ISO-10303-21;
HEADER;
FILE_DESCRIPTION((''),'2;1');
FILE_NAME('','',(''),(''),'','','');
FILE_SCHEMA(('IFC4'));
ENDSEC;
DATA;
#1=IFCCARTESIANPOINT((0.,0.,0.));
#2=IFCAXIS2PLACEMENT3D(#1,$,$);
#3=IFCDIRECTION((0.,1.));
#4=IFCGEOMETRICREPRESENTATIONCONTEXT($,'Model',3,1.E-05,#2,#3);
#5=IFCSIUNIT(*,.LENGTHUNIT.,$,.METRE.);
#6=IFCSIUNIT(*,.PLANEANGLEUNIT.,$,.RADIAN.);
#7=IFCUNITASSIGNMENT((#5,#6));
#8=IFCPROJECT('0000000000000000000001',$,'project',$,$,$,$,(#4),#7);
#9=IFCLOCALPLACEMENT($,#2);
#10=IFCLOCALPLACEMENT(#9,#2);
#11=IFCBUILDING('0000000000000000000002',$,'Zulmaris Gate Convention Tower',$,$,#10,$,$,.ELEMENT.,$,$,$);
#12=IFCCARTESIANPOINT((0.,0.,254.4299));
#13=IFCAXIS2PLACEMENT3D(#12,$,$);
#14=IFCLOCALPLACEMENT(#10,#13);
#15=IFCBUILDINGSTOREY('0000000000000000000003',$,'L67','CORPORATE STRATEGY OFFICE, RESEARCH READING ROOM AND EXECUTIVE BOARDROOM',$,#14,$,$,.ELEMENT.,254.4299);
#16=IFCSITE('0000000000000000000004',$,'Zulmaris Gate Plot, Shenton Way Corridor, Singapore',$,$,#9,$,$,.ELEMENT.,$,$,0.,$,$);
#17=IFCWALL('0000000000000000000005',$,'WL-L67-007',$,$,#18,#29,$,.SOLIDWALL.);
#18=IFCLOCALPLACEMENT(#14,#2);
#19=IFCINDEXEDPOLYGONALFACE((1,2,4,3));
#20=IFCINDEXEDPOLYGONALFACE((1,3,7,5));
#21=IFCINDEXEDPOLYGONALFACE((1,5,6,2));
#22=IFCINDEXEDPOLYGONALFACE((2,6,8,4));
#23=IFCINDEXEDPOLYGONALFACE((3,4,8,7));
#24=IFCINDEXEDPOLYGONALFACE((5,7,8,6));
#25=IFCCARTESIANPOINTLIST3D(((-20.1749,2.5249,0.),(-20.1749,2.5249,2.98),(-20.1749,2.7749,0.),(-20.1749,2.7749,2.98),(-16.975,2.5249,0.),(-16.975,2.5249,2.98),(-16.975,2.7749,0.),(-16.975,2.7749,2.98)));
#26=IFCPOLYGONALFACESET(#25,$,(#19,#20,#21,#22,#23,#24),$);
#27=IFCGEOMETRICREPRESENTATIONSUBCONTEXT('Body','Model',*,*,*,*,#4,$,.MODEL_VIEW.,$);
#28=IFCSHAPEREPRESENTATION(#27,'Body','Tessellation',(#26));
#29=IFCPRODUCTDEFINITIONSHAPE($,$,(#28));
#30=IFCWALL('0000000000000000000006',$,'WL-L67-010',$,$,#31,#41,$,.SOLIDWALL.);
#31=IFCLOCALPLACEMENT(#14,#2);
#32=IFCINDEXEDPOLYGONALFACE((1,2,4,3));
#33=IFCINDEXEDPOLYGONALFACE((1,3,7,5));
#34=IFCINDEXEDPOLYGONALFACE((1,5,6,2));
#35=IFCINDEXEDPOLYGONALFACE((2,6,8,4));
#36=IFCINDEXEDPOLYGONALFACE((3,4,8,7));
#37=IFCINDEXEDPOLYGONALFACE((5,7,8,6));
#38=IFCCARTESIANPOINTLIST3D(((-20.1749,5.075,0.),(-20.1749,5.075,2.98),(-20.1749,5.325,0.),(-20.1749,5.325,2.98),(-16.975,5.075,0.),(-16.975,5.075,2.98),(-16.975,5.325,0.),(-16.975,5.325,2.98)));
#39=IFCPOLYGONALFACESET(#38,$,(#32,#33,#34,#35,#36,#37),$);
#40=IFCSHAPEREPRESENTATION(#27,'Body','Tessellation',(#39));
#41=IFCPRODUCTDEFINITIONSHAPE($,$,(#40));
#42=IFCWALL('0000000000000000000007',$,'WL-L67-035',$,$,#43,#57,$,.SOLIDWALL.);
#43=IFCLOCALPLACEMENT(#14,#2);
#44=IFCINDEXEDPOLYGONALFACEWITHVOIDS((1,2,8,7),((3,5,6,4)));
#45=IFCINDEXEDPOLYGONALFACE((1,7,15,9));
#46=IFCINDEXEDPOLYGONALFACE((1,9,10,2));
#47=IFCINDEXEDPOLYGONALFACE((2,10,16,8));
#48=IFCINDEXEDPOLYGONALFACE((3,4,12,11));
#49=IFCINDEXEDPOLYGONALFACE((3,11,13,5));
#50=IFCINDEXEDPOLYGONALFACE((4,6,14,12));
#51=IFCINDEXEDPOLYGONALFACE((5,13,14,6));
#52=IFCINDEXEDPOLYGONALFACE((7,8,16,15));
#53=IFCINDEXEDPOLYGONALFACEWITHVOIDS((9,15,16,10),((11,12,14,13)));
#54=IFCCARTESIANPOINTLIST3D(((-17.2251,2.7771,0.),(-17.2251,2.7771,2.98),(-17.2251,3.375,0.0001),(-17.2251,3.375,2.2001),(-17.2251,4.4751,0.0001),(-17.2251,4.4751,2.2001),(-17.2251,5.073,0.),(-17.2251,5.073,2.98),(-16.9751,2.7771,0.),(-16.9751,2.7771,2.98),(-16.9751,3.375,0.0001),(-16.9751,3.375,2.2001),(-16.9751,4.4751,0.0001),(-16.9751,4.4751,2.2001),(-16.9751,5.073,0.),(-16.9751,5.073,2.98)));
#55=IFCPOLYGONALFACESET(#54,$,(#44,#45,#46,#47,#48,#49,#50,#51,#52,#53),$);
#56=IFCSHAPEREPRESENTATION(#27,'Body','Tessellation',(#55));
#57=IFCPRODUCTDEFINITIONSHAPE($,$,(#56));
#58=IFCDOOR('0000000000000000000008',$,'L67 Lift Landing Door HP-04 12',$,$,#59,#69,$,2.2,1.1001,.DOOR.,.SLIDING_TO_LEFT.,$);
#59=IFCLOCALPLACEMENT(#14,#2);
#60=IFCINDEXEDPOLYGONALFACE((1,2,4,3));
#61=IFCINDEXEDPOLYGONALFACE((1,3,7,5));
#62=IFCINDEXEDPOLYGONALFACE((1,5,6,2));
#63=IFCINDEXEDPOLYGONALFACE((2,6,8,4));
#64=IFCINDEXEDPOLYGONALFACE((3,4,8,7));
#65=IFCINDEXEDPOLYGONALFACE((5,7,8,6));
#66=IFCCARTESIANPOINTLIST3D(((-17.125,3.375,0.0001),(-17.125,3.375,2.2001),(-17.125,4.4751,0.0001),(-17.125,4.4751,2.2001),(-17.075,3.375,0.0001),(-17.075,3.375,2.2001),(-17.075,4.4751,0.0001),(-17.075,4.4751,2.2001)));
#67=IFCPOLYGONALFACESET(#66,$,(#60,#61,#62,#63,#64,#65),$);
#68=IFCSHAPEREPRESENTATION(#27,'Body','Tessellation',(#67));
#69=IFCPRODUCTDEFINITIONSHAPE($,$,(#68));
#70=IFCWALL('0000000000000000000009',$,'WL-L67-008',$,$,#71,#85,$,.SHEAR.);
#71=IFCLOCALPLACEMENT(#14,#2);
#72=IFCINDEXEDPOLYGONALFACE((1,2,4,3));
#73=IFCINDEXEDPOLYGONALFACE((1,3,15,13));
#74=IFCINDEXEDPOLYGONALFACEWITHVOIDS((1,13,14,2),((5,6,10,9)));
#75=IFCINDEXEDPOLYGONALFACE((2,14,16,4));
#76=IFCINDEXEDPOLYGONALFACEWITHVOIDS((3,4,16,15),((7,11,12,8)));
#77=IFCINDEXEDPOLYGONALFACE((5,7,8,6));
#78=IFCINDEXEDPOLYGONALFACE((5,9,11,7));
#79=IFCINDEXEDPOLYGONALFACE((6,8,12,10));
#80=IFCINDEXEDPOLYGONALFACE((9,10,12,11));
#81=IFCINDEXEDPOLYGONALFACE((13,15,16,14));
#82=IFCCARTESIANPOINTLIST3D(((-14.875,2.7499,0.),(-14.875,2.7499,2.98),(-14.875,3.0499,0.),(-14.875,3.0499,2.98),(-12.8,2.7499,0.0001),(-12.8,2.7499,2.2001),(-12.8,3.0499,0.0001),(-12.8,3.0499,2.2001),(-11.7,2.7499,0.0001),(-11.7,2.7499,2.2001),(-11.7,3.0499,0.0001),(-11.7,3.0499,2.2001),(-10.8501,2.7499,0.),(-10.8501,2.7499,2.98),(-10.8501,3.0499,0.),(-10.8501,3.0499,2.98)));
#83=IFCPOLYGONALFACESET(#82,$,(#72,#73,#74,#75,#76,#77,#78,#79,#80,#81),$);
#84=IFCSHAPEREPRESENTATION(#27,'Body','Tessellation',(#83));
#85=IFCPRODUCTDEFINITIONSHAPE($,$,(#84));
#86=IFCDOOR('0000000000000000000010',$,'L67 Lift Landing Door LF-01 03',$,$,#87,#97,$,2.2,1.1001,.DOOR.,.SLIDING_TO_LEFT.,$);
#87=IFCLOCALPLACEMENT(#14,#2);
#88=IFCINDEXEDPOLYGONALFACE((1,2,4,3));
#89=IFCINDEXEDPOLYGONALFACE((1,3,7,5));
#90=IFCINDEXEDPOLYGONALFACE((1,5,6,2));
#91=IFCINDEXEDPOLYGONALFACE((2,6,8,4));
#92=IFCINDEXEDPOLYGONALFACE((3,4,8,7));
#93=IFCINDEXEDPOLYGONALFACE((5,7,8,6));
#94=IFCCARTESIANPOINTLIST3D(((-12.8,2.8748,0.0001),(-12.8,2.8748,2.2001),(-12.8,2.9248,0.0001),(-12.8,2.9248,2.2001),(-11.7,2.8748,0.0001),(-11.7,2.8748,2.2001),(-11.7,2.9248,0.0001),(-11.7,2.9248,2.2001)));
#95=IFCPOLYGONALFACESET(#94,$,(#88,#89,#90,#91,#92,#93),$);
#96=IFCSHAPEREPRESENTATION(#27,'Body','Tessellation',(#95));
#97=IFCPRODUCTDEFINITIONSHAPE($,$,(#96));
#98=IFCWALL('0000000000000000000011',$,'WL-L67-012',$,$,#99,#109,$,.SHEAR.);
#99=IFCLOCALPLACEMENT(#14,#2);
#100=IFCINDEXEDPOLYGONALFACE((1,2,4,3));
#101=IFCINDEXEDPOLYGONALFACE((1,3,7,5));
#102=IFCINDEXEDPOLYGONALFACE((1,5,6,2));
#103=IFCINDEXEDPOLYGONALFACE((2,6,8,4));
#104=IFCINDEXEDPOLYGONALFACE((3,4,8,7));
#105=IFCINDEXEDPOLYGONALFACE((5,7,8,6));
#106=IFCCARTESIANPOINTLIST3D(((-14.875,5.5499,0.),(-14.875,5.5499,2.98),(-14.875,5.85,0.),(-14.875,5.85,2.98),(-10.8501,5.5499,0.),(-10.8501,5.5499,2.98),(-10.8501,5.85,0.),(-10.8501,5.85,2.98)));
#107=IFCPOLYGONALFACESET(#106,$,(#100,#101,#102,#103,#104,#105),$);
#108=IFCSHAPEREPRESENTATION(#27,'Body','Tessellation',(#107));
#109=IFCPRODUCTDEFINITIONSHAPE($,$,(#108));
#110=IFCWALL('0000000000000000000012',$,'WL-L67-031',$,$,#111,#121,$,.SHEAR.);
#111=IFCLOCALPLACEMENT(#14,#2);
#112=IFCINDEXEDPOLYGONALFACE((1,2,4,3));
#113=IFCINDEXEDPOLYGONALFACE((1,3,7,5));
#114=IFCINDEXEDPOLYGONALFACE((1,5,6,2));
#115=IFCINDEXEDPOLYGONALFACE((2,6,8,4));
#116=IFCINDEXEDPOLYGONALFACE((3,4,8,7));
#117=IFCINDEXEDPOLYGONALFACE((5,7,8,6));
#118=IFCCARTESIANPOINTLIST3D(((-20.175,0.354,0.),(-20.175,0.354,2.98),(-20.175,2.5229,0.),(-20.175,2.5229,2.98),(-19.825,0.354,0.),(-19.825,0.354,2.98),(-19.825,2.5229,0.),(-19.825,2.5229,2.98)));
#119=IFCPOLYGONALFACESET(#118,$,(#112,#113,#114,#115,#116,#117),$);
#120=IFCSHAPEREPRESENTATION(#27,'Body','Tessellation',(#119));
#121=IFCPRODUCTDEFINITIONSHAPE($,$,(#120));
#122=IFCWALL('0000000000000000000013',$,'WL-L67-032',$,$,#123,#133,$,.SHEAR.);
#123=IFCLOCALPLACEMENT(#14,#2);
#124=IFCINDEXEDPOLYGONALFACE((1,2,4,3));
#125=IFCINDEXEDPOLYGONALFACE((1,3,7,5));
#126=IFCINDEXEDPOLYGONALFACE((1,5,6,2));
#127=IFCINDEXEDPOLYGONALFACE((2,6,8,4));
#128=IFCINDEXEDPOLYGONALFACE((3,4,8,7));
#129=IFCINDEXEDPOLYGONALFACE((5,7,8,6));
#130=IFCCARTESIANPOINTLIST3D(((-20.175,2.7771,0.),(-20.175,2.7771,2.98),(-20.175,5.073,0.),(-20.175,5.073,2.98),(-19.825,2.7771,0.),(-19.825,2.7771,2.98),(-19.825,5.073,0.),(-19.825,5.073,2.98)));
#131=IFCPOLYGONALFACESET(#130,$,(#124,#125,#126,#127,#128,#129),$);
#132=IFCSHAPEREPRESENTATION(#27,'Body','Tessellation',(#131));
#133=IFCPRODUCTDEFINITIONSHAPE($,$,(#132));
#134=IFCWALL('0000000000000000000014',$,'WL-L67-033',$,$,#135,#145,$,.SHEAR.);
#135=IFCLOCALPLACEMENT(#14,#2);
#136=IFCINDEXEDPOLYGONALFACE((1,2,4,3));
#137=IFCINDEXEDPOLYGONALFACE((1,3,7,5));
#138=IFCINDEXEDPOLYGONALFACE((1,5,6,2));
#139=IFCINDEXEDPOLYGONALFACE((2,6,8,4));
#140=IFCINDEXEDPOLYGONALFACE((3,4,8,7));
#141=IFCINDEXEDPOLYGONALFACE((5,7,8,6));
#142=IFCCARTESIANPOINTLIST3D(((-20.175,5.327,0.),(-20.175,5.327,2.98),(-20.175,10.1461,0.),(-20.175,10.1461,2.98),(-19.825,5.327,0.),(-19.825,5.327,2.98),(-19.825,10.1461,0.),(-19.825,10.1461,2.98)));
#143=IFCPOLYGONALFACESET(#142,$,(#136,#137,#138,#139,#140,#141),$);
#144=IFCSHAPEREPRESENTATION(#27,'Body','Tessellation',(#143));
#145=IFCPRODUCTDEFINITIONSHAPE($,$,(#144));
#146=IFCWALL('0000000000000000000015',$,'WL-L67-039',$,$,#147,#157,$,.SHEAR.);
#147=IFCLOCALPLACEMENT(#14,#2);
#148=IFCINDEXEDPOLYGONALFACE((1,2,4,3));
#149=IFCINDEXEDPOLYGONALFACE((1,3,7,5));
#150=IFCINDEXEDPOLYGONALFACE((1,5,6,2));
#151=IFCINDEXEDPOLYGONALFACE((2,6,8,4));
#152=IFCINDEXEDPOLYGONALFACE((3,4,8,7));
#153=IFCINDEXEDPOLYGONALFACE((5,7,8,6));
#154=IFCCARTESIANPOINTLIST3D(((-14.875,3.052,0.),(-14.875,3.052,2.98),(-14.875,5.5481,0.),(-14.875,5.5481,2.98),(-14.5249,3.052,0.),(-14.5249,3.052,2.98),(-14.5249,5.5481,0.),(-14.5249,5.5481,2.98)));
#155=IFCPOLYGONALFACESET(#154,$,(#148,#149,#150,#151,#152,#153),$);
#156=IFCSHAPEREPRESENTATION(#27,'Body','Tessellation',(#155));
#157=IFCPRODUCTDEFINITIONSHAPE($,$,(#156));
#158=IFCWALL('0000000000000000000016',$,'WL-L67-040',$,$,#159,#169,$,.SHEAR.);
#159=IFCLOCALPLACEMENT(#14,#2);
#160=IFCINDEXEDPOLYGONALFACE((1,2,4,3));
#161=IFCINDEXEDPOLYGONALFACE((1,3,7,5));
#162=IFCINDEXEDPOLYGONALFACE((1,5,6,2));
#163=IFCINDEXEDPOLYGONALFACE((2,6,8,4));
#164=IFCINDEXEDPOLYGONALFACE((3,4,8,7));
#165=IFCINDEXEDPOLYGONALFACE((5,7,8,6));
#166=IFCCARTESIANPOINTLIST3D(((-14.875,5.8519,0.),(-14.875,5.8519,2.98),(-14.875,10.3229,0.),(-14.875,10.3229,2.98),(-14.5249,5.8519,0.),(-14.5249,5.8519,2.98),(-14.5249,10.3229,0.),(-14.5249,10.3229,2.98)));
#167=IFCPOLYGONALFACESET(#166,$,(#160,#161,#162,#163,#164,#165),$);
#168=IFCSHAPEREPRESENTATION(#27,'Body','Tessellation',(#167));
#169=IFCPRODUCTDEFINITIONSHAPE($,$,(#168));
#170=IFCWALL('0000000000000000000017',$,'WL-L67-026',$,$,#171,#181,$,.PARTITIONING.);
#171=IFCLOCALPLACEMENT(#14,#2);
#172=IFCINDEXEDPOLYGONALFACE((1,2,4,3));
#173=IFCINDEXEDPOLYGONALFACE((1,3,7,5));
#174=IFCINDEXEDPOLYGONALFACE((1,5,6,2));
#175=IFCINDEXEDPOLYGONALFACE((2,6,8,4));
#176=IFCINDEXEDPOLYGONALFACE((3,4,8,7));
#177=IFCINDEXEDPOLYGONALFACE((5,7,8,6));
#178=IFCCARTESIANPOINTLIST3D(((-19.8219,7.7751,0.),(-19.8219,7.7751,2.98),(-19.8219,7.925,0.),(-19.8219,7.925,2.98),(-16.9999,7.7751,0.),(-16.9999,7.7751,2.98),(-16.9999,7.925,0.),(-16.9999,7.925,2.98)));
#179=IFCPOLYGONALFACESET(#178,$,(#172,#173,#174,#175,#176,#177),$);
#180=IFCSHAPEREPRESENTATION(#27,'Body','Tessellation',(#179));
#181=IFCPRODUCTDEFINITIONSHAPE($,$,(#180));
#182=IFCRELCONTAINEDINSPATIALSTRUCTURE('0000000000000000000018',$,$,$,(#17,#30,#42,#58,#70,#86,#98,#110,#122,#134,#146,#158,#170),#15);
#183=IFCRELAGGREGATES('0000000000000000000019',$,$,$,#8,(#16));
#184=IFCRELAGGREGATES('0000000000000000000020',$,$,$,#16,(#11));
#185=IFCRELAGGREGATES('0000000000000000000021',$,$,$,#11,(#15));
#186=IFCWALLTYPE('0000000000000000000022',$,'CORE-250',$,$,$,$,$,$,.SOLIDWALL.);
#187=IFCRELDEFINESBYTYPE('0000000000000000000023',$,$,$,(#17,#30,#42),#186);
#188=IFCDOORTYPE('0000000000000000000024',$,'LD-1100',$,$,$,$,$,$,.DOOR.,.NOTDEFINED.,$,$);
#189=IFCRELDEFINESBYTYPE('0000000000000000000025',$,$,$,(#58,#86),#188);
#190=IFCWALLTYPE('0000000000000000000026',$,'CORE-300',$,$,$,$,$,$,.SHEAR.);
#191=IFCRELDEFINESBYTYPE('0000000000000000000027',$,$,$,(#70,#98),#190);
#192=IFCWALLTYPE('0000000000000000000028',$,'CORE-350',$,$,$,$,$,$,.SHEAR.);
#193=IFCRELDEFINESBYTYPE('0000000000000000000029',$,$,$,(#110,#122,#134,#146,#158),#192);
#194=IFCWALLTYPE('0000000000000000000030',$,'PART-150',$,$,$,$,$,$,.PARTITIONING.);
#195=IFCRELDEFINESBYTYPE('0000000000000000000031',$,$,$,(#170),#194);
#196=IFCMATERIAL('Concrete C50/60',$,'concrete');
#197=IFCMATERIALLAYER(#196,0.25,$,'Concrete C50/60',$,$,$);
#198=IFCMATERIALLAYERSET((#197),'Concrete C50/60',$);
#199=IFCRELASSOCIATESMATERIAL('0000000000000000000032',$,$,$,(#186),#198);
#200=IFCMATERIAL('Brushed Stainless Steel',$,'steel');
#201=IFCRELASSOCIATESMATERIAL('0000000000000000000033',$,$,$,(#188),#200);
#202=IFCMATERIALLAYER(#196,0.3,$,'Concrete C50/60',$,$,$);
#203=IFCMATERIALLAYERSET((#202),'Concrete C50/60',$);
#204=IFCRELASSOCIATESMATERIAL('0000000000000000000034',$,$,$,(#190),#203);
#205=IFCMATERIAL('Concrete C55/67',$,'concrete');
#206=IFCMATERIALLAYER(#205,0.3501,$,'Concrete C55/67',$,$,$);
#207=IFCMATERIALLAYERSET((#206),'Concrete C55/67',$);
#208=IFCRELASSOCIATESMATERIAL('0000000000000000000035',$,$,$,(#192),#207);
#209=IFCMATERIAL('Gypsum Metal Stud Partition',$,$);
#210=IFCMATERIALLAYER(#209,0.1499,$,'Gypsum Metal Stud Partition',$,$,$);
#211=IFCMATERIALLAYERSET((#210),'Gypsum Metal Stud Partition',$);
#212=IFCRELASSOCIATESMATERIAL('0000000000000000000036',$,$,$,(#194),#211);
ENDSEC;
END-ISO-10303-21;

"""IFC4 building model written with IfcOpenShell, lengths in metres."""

from ifc_helpers import new_model, si_unit, direction, frame, frame_2d, origin, place, context, subcontext, project, spatial, rectangle, extrude, material, layer, layer_set, type_object, element, fill, save


model = new_model("IFC4")

# Units and contexts
model_context = context("Model", 3, precision=1e-05, world=origin(), true_north=direction((0.0, 1.0)))
body_context = subcontext(model_context, "Body", "Model", "MODEL_VIEW")
ifc_project = project(units=[si_unit("LENGTHUNIT", "METRE"), si_unit("PLANEANGLEUNIT", "RADIAN")], contexts=[model_context])

# Site, building, storey
site_placement = place(None, origin())
site = spatial("IfcSite", under=ifc_project, at=site_placement, Name="Zulmaris Gate Plot, Shenton Way Corridor, Singapore", CompositionType="ELEMENT", RefElevation=0.0)
building_placement = place(site_placement, origin())
building = spatial("IfcBuilding", under=site, at=building_placement, Name="Zulmaris Gate Convention Tower", CompositionType="ELEMENT")
storey_placement = place(building_placement, frame((0.0, 0.0, 254.4299)))
storey = spatial("IfcBuildingStorey", under=building, at=storey_placement, Name="L67", Description="CORPORATE STRATEGY OFFICE, RESEARCH READING ROOM AND EXECUTIVE BOARDROOM", CompositionType="ELEMENT", Elevation=254.4299)

# Shared definitions
ifc_material_1 = material(Name="Concrete C50/60", Category="concrete")

# Walls
ifc_layer_1 = layer(ifc_material_1, 0.25, Name="Concrete C50/60")
ifc_layer_set_1 = layer_set([ifc_layer_1], Name="Concrete C50/60")
wall_type_1 = type_object("IfcWallType", Name="CORE-250", PredefinedType="SOLIDWALL", material=ifc_layer_set_1)
for number, where, z_axis, x_axis, name in (
    (1, (-20.175, 2.6499, 0.0), (0.0, 0.0, 1.0), (1.0, 0.0, 0.0), "WL-L67-007"),
    (2, (-20.175, 5.2, 0.0), (0.0, 0.0, 1.0), (1.0, 0.0, 0.0), "WL-L67-010"),
):
    element("IfcWall", number, at=place(storey_placement, frame(where, z_axis=z_axis, x_axis=x_axis)), inside=storey, type_object=wall_type_1, Name=name, PredefinedType="SOLIDWALL", context=body_context, shape_type="SweptSolid", body=[
        extrude(rectangle(XDim=3.2, YDim=0.25, at=frame_2d((1.6001, 0.0))), origin(), (0.0, 0.0, 1.0), 2.98),
    ])

# Walls, openings, doors
wall_1_placement = place(storey_placement, frame((-17.1001, 2.7771, 0.0), z_axis=(0.0, 0.0, 1.0), x_axis=(0.0, 1.0, 0.0)))
wall_1 = element("IfcWall", 3, at=wall_1_placement, inside=storey, type_object=wall_type_1, Name="WL-L67-035", PredefinedType="SOLIDWALL", context=body_context, shape_type="SweptSolid", body=[
    extrude(rectangle(XDim=2.2959, YDim=0.25, at=frame_2d((1.1479, 0.0))), origin(), (0.0, 0.0, 1.0), 2.98),
])
opening_1_placement = place(wall_1_placement, frame((0.5979, 0.0, 0.0)))
opening_1 = element("IfcOpeningElement", 4, at=opening_1_placement, cuts=wall_1, PredefinedType="OPENING", context=body_context, shape_type="SweptSolid", body=[
    extrude(rectangle(XDim=1.1001, YDim=2.2, at=frame_2d((0.55, 1.1001))), frame((0.0, 0.135, 0.0), z_axis=(0.0, -1.0, 0.0), x_axis=(1.0, 0.0, 0.0)), (0.0, 0.0, 1.0), 0.27),
])
ifc_material_2 = material(Name="Brushed Stainless Steel", Category="steel")
door_type_1 = type_object("IfcDoorType", Name="LD-1100", OperationType="NOTDEFINED", PredefinedType="DOOR", material=ifc_material_2)
door_1_placement = place(opening_1_placement, origin())
door_1 = element("IfcDoor", 5, at=door_1_placement, inside=storey, type_object=door_type_1, Name="L67 Lift Landing Door HP-04 12", OperationType="SLIDING_TO_LEFT", OverallHeight=2.2, OverallWidth=1.1001, PredefinedType="DOOR", context=body_context, shape_type="SweptSolid", body=[
    extrude(rectangle(XDim=1.1001, YDim=2.2, at=frame_2d((0.55, 1.1001))), frame((0.0, 0.0249, 0.0), z_axis=(0.0, -1.0, 0.0), x_axis=(1.0, 0.0, 0.0)), (0.0, 0.0, 1.0), 0.05),
])
fill(opening_1, door_1)
ifc_layer_2 = layer(ifc_material_1, 0.3, Name="Concrete C50/60")
ifc_layer_set_2 = layer_set([ifc_layer_2], Name="Concrete C50/60")
wall_type_2 = type_object("IfcWallType", Name="CORE-300", PredefinedType="SHEAR", material=ifc_layer_set_2)
wall_2_placement = place(storey_placement, frame((-14.875, 2.8999, 0.0), z_axis=(0.0, 0.0, 1.0), x_axis=(1.0, 0.0, 0.0)))
wall_2 = element("IfcWall", 6, at=wall_2_placement, inside=storey, type_object=wall_type_2, Name="WL-L67-008", PredefinedType="SHEAR", context=body_context, shape_type="SweptSolid", body=[
    extrude(rectangle(XDim=4.0249, YDim=0.3, at=frame_2d((2.0125, 0.0))), origin(), (0.0, 0.0, 1.0), 2.98),
])
opening_2_placement = place(wall_2_placement, frame((2.075, 0.0, 0.0)))
opening_2 = element("IfcOpeningElement", 7, at=opening_2_placement, cuts=wall_2, PredefinedType="OPENING", context=body_context, shape_type="SweptSolid", body=[
    extrude(rectangle(XDim=1.1001, YDim=2.2, at=frame_2d((0.55, 1.1001))), frame((0.0, 0.1602, 0.0), z_axis=(0.0, -1.0, 0.0), x_axis=(1.0, 0.0, 0.0)), (0.0, 0.0, 1.0), 0.3201),
])
door_2_placement = place(opening_2_placement, origin())
door_2 = element("IfcDoor", 8, at=door_2_placement, inside=storey, type_object=door_type_1, Name="L67 Lift Landing Door LF-01 03", OperationType="SLIDING_TO_LEFT", OverallHeight=2.2, OverallWidth=1.1001, PredefinedType="DOOR", context=body_context, shape_type="SweptSolid", body=[
    extrude(rectangle(XDim=1.1001, YDim=2.2, at=frame_2d((0.55, 1.1001))), frame((0.0, 0.0249, 0.0), z_axis=(0.0, -1.0, 0.0), x_axis=(1.0, 0.0, 0.0)), (0.0, 0.0, 1.0), 0.05),
])
fill(opening_2, door_2)

# Walls
wall_3_placement = place(storey_placement, frame((-14.875, 5.7, 0.0), z_axis=(0.0, 0.0, 1.0), x_axis=(1.0, 0.0, 0.0)))
element("IfcWall", 9, at=wall_3_placement, inside=storey, type_object=wall_type_2, Name="WL-L67-012", PredefinedType="SHEAR", context=body_context, shape_type="SweptSolid", body=[
    extrude(rectangle(XDim=4.0249, YDim=0.3, at=frame_2d((2.0125, 0.0))), origin(), (0.0, 0.0, 1.0), 2.98),
])
ifc_material_3 = material(Name="Concrete C55/67", Category="concrete")
ifc_layer_3 = layer(ifc_material_3, 0.3501, Name="Concrete C55/67")
ifc_layer_set_3 = layer_set([ifc_layer_3], Name="Concrete C55/67")
wall_type_3 = type_object("IfcWallType", Name="CORE-350", PredefinedType="SHEAR", material=ifc_layer_set_3)
wall_4_placement = place(storey_placement, frame((-20.0, 0.354, 0.0), z_axis=(0.0, 0.0, 1.0), x_axis=(0.0, 1.0, 0.0)))
element("IfcWall", 10, at=wall_4_placement, inside=storey, type_object=wall_type_3, Name="WL-L67-031", PredefinedType="SHEAR", context=body_context, shape_type="SweptSolid", body=[
    extrude(rectangle(XDim=2.1689, YDim=0.3501, at=frame_2d((1.0845, 0.0))), origin(), (0.0, 0.0, 1.0), 2.98),
])
wall_5_placement = place(storey_placement, frame((-20.0, 2.7771, 0.0), z_axis=(0.0, 0.0, 1.0), x_axis=(0.0, 1.0, 0.0)))
element("IfcWall", 11, at=wall_5_placement, inside=storey, type_object=wall_type_3, Name="WL-L67-032", PredefinedType="SHEAR", context=body_context, shape_type="SweptSolid", body=[
    extrude(rectangle(XDim=2.2959, YDim=0.3501, at=frame_2d((1.1479, 0.0))), origin(), (0.0, 0.0, 1.0), 2.98),
])
wall_6_placement = place(storey_placement, frame((-20.0, 5.3269, 0.0), z_axis=(0.0, 0.0, 1.0), x_axis=(0.0, 1.0, 0.0)))
element("IfcWall", 12, at=wall_6_placement, inside=storey, type_object=wall_type_3, Name="WL-L67-033", PredefinedType="SHEAR", context=body_context, shape_type="SweptSolid", body=[
    extrude(rectangle(XDim=4.8191, YDim=0.3501, at=frame_2d((2.4097, 0.0))), origin(), (0.0, 0.0, 1.0), 2.98),
])
wall_7_placement = place(storey_placement, frame((-14.7, 3.052, 0.0), z_axis=(0.0, 0.0, 1.0), x_axis=(0.0, 1.0, 0.0)))
element("IfcWall", 13, at=wall_7_placement, inside=storey, type_object=wall_type_3, Name="WL-L67-039", PredefinedType="SHEAR", context=body_context, shape_type="SweptSolid", body=[
    extrude(rectangle(XDim=2.4961, YDim=0.3501, at=frame_2d((1.248, 0.0))), origin(), (0.0, 0.0, 1.0), 2.98),
])
wall_8_placement = place(storey_placement, frame((-14.7, 5.8521, 0.0), z_axis=(0.0, 0.0, 1.0), x_axis=(0.0, 1.0, 0.0)))
element("IfcWall", 14, at=wall_8_placement, inside=storey, type_object=wall_type_3, Name="WL-L67-040", PredefinedType="SHEAR", context=body_context, shape_type="SweptSolid", body=[
    extrude(rectangle(XDim=4.4709, YDim=0.3501, at=frame_2d((2.2354, 0.0))), origin(), (0.0, 0.0, 1.0), 2.98),
])
ifc_material_4 = material(Name="Gypsum Metal Stud Partition")
ifc_layer_4 = layer(ifc_material_4, 0.1499, Name="Gypsum Metal Stud Partition")
ifc_layer_set_4 = layer_set([ifc_layer_4], Name="Gypsum Metal Stud Partition")
wall_type_4 = type_object("IfcWallType", Name="PART-150", PredefinedType="PARTITIONING", material=ifc_layer_set_4)
wall_9_placement = place(storey_placement, frame((-19.822, 7.8501, 0.0), z_axis=(0.0, 0.0, 1.0), x_axis=(1.0, 0.0, 0.0)))
element("IfcWall", 15, at=wall_9_placement, inside=storey, type_object=wall_type_4, Name="WL-L67-026", PredefinedType="PARTITIONING", context=body_context, shape_type="SweptSolid", body=[
    extrude(rectangle(XDim=2.822, YDim=0.1499, at=frame_2d((1.4111, 0.0))), origin(), (0.0, 0.0, 1.0), 2.98),
])

save(model, "model.ifc")
